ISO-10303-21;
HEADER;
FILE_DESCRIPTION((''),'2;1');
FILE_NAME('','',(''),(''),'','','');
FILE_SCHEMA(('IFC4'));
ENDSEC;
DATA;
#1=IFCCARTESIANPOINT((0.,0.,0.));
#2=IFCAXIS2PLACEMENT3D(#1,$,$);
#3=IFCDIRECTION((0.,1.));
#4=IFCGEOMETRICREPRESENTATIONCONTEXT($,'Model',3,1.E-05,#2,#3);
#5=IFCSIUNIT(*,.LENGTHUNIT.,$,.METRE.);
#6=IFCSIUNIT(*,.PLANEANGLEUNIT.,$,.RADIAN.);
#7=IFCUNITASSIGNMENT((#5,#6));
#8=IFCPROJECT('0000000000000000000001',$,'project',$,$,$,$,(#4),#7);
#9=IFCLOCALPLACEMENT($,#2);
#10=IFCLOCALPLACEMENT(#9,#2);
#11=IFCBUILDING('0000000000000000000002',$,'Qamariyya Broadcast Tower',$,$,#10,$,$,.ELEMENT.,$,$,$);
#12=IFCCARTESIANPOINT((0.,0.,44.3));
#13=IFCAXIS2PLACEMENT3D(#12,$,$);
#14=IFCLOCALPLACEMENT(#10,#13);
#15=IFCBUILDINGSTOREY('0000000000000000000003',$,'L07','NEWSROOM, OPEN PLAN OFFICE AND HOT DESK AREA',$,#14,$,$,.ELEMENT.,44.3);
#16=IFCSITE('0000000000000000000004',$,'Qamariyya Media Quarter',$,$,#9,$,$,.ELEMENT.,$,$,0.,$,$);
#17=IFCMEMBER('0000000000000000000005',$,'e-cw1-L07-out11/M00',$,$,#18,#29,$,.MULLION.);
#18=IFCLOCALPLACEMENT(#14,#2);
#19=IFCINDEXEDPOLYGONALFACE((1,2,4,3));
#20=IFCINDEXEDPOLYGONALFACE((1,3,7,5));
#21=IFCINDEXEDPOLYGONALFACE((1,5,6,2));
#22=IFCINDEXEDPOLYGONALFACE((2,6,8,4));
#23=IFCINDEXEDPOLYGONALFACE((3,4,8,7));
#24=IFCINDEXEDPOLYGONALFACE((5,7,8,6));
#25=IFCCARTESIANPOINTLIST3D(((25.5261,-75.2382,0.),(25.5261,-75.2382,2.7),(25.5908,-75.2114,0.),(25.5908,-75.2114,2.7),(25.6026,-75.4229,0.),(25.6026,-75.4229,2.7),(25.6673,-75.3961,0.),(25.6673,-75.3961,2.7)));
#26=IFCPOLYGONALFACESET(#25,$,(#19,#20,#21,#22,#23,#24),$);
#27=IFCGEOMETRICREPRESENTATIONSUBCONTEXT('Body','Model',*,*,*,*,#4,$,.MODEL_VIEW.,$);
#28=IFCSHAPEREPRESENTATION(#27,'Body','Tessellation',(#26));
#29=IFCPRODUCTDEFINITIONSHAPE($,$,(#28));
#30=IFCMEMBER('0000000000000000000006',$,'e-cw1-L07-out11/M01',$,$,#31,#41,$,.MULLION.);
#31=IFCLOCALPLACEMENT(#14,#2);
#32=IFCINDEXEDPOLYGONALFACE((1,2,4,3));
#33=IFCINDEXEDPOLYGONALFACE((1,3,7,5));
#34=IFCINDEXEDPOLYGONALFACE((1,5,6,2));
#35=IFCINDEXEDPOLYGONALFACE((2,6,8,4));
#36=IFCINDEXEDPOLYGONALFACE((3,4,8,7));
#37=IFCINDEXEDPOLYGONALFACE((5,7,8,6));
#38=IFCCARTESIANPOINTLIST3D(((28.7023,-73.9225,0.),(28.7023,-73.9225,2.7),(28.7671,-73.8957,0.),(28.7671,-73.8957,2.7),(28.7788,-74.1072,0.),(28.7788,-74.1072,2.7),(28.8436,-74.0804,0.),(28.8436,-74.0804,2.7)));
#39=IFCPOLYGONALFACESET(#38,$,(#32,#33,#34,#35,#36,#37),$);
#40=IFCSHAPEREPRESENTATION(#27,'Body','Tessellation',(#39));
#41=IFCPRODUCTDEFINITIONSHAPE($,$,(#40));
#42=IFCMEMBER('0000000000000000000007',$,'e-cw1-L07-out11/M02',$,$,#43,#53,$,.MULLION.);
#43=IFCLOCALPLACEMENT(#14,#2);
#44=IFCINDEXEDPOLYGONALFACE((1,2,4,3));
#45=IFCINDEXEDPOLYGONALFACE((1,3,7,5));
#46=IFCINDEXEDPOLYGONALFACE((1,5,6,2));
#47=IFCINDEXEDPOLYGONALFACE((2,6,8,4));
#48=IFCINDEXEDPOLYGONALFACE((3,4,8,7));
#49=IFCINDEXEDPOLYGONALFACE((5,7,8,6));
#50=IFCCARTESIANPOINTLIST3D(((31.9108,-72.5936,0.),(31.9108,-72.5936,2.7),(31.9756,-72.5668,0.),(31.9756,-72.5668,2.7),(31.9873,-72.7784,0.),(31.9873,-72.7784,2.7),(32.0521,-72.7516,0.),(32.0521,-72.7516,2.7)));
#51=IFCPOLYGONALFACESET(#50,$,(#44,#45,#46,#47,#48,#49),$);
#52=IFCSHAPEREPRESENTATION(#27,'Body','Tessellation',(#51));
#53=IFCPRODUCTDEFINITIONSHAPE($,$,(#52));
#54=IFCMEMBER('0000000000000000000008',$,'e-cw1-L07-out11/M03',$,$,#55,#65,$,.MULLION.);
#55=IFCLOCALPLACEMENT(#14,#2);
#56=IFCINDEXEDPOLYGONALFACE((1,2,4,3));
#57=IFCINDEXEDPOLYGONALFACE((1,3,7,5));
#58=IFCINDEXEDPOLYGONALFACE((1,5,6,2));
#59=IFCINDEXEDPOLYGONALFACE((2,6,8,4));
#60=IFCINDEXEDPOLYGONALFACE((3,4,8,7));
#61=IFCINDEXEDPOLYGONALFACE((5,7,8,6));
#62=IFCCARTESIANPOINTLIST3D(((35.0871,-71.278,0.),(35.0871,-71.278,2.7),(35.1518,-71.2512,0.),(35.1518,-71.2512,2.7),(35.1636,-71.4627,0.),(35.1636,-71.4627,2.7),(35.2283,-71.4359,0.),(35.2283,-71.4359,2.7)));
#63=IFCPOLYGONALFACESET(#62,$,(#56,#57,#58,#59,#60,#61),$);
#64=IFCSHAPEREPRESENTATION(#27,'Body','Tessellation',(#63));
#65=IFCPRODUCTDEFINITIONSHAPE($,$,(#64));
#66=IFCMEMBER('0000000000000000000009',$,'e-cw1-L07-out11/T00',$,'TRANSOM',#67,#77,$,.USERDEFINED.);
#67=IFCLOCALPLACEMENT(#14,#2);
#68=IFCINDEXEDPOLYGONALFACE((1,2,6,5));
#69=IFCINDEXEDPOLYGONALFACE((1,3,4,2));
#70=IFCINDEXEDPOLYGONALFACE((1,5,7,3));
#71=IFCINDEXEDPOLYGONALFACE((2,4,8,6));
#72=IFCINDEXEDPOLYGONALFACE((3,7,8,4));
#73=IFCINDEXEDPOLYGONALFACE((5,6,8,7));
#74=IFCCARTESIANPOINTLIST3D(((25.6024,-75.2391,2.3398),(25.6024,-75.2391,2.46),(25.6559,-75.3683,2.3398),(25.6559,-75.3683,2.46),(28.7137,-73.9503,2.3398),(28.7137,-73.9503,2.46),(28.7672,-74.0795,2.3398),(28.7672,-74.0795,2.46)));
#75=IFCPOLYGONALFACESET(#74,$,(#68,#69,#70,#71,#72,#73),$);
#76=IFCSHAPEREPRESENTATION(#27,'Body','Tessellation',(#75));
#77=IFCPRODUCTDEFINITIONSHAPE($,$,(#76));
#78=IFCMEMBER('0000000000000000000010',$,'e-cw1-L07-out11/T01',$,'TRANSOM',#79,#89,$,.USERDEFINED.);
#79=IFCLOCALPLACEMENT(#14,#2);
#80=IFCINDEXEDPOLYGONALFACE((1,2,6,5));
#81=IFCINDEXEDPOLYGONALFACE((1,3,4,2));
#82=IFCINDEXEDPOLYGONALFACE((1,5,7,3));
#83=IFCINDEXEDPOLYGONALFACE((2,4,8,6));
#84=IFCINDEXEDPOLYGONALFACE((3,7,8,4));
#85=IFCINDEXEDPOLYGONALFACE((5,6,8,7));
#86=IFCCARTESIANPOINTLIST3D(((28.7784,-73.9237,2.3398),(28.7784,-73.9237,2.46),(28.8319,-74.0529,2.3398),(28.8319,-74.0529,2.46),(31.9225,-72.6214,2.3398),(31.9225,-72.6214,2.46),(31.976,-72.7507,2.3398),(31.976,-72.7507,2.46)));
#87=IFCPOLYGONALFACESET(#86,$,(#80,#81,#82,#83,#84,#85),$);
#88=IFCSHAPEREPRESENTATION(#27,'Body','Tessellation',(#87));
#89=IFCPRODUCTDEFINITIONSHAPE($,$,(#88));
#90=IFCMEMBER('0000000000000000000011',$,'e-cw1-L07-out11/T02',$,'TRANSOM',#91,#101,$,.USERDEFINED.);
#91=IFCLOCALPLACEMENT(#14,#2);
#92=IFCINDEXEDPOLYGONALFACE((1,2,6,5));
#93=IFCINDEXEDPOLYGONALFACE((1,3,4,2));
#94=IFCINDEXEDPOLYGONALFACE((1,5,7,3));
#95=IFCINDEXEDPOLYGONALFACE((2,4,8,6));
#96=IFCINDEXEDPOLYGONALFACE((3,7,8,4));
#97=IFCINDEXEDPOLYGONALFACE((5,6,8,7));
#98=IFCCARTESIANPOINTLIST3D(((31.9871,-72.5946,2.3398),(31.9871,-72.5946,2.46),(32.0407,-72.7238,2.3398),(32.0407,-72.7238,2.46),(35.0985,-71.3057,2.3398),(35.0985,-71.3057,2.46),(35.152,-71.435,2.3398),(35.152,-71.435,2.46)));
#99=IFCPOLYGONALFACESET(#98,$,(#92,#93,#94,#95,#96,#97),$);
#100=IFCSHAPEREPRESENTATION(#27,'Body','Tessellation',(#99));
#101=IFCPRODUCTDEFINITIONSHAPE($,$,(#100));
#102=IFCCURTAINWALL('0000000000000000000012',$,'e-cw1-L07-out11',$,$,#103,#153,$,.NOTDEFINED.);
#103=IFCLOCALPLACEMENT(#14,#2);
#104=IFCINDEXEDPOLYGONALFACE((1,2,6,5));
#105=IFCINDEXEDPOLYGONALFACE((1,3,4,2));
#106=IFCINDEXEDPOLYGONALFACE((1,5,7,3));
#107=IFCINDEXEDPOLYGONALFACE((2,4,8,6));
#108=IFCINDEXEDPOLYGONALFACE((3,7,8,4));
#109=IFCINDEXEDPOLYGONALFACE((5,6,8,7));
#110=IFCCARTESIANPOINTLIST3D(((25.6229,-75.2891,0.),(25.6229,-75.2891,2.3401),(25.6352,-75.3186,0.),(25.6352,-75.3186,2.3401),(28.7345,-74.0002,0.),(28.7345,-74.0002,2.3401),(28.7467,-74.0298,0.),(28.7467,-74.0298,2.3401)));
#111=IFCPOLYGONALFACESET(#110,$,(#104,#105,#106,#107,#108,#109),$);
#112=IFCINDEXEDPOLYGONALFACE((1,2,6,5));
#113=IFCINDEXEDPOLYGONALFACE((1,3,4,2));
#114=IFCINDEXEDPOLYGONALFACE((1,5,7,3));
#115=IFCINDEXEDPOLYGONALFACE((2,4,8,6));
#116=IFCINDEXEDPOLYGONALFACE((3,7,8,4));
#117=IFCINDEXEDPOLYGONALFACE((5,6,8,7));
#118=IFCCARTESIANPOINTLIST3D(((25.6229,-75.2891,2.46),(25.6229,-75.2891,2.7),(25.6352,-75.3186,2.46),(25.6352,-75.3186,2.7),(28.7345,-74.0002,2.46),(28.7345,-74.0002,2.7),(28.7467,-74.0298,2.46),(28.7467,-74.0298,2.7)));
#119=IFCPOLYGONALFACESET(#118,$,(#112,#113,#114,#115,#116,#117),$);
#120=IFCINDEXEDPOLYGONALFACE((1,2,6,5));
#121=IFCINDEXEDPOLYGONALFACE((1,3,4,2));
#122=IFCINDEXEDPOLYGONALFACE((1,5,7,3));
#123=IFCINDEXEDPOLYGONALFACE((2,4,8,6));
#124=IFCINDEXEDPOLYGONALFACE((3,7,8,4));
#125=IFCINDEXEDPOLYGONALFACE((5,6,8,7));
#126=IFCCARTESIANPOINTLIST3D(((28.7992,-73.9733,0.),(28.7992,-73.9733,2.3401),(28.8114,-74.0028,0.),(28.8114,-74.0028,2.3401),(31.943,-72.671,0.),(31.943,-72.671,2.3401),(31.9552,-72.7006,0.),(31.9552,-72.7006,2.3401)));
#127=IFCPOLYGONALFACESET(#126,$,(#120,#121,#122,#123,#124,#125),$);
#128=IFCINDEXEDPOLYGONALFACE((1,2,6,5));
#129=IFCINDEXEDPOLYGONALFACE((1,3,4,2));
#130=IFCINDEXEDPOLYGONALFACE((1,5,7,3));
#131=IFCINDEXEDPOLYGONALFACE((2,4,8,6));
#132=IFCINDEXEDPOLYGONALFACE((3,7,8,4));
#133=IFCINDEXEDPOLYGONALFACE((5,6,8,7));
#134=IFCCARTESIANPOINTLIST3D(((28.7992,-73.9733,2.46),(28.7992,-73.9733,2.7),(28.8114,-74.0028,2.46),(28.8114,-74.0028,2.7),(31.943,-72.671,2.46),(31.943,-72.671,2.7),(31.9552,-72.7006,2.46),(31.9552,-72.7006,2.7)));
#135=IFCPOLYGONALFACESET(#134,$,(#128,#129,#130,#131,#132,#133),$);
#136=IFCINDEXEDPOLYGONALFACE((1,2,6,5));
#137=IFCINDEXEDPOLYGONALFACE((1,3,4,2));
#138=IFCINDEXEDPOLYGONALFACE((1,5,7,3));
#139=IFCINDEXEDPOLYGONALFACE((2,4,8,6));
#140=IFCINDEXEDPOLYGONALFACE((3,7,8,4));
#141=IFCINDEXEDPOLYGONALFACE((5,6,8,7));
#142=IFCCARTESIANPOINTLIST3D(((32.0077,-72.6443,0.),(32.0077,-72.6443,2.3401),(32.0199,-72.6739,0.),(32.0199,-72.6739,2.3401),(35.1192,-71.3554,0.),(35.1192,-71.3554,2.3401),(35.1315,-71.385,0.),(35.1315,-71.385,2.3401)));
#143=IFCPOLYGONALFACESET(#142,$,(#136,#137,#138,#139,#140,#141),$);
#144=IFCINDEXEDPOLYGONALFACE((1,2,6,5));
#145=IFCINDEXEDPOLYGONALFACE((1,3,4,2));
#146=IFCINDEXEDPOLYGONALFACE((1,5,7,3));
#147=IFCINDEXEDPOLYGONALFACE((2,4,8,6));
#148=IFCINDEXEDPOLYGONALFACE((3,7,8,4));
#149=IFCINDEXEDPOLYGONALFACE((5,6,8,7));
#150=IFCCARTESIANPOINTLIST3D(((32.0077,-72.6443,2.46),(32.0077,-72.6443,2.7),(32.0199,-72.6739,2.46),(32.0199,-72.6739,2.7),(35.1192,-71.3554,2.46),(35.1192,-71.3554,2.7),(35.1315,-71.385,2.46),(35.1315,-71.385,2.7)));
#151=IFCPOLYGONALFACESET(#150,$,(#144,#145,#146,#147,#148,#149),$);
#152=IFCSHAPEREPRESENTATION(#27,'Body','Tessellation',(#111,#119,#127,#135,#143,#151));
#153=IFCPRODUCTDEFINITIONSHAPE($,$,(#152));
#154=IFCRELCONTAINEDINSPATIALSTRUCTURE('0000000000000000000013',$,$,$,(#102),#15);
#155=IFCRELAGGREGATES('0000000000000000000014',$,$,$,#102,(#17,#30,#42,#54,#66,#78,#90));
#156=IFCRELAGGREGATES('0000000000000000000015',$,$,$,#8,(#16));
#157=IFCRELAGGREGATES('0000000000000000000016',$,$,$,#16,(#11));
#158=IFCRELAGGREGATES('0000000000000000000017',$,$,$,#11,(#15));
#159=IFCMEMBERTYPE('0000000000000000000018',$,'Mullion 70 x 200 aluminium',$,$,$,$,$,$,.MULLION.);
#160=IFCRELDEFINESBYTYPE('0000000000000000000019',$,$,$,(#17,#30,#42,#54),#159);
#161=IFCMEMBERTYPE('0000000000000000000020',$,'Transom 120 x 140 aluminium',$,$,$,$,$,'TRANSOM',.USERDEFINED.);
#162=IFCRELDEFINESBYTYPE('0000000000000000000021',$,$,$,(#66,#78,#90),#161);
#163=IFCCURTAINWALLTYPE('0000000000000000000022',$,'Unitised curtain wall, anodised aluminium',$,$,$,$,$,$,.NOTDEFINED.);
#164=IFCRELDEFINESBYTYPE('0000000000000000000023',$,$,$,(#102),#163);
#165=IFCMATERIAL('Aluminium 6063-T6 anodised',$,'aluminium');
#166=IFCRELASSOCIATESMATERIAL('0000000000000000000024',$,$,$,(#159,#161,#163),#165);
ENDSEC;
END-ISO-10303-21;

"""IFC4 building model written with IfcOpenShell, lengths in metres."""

from ifc_helpers import new_model, si_unit, direction, frame, origin, origin_2d, place, context, subcontext, project, spatial, rectangle, extrude, material, material_profile, profile_set, type_object, element, aggregate, save


model = new_model("IFC4")

# Units and contexts
model_context = context("Model", 3, precision=1e-05, world=origin(), true_north=direction((0.0, 1.0)))
body_context = subcontext(model_context, "Body", "Model", "MODEL_VIEW")
ifc_project = project(units=[si_unit("LENGTHUNIT", "METRE"), si_unit("PLANEANGLEUNIT", "RADIAN")], contexts=[model_context])

# Members
ifc_material = material(Name="Aluminium 6063-T6 anodised", Category="aluminium")
ifc_material_profile_1 = material_profile(ifc_material, rectangle(XDim=0.2, YDim=0.0701, at=origin_2d()))
ifc_profile_set_1 = profile_set([ifc_material_profile_1], Name="Aluminium 6063-T6 anodised")
member_type_1 = type_object("IfcMemberType", Name="Mullion 70 x 200 aluminium", PredefinedType="MULLION", material=ifc_profile_set_1)
site_placement = place(None, origin())
building_placement = place(site_placement, origin())
storey_placement = place(building_placement, frame((0.0, 0.0, 44.3)))
member_1_placement = place(storey_placement, frame((25.5967, -75.3171, 0.0), z_axis=(0.0, 0.0, 1.0), x_axis=(-0.382683, 0.92388, 0.0)))
member_1 = element("IfcMember", 1, at=member_1_placement, type_object=member_type_1, Name="e-cw1-L07-out11/M00", PredefinedType="MULLION", context=body_context, shape_type="SweptSolid", body=[
    extrude(rectangle(XDim=0.2, YDim=0.0701, at=origin_2d()), origin(), (0.0, 0.0, 1.0), 2.7),
])
member_2_placement = place(storey_placement, frame((28.7729, -74.0015, 0.0), z_axis=(0.0, 0.0, 1.0), x_axis=(-0.382683, 0.92388, 0.0)))
member_2 = element("IfcMember", 2, at=member_2_placement, type_object=member_type_1, Name="e-cw1-L07-out11/M01", PredefinedType="MULLION", context=body_context, shape_type="SweptSolid", body=[
    extrude(rectangle(XDim=0.2, YDim=0.0701, at=origin_2d()), origin(), (0.0, 0.0, 1.0), 2.7),
])
member_3_placement = place(storey_placement, frame((31.9814, -72.6726, 0.0), z_axis=(0.0, 0.0, 1.0), x_axis=(-0.382683, 0.92388, 0.0)))
member_3 = element("IfcMember", 3, at=member_3_placement, type_object=member_type_1, Name="e-cw1-L07-out11/M02", PredefinedType="MULLION", context=body_context, shape_type="SweptSolid", body=[
    extrude(rectangle(XDim=0.2, YDim=0.0701, at=origin_2d()), origin(), (0.0, 0.0, 1.0), 2.7),
])
member_4_placement = place(storey_placement, frame((35.1577, -71.3569, 0.0), z_axis=(0.0, 0.0, 1.0), x_axis=(-0.382683, 0.92388, 0.0)))
member_4 = element("IfcMember", 4, at=member_4_placement, type_object=member_type_1, Name="e-cw1-L07-out11/M03", PredefinedType="MULLION", context=body_context, shape_type="SweptSolid", body=[
    extrude(rectangle(XDim=0.2, YDim=0.0701, at=origin_2d()), origin(), (0.0, 0.0, 1.0), 2.7),
])
ifc_material_profile_2 = material_profile(ifc_material, rectangle(XDim=0.1399, YDim=0.1201, at=origin_2d()))
ifc_profile_set_2 = profile_set([ifc_material_profile_2], Name="Aluminium 6063-T6 anodised")
member_type_2 = type_object("IfcMemberType", Name="Transom 120 x 140 aluminium", ElementType="TRANSOM", PredefinedType="USERDEFINED", material=ifc_profile_set_2)
member_5_placement = place(storey_placement, frame((25.6292, -75.3037, 2.3999), z_axis=(0.923873, 0.3827, 0.0), x_axis=(-0.3827, 0.923873, 0.0)))
member_5 = element("IfcMember", 5, at=member_5_placement, type_object=member_type_2, Name="e-cw1-L07-out11/T00", ObjectType="TRANSOM", PredefinedType="USERDEFINED", context=body_context, shape_type="SweptSolid", body=[
    extrude(rectangle(XDim=0.1399, YDim=0.1201, at=origin_2d()), origin(), (0.0, 0.0, 1.0), 3.3677),
])
member_6_placement = place(storey_placement, frame((28.8052, -73.9883, 2.3999), z_axis=(0.923886, 0.382669, 0.0), x_axis=(-0.382669, 0.923886, 0.0)))
member_6 = element("IfcMember", 6, at=member_6_placement, type_object=member_type_2, Name="e-cw1-L07-out11/T01", ObjectType="TRANSOM", PredefinedType="USERDEFINED", context=body_context, shape_type="SweptSolid", body=[
    extrude(rectangle(XDim=0.1399, YDim=0.1201, at=origin_2d()), origin(), (0.0, 0.0, 1.0), 3.4031),
])
member_7_placement = place(storey_placement, frame((32.0139, -72.6592, 2.3999), z_axis=(0.923873, 0.3827, 0.0), x_axis=(-0.3827, 0.923873, 0.0)))
member_7 = element("IfcMember", 7, at=member_7_placement, type_object=member_type_2, Name="e-cw1-L07-out11/T02", ObjectType="TRANSOM", PredefinedType="USERDEFINED", context=body_context, shape_type="SweptSolid", body=[
    extrude(rectangle(XDim=0.1399, YDim=0.1201, at=origin_2d()), origin(), (0.0, 0.0, 1.0), 3.3677),
])

# Site, building, storey
site = spatial("IfcSite", under=ifc_project, at=site_placement, Name="Qamariyya Media Quarter", CompositionType="ELEMENT", RefElevation=0.0)
building = spatial("IfcBuilding", under=site, at=building_placement, Name="Qamariyya Broadcast Tower", CompositionType="ELEMENT")
storey = spatial("IfcBuildingStorey", under=building, at=storey_placement, Name="L07", Description="NEWSROOM, OPEN PLAN OFFICE AND HOT DESK AREA", CompositionType="ELEMENT", Elevation=44.3)

# Curtain wall
curtain_wall_type = type_object("IfcCurtainWallType", Name="Unitised curtain wall, anodised aluminium", PredefinedType="NOTDEFINED", material=ifc_material)
curtain_wall_1_placement = place(storey_placement, origin())
curtain_wall_1 = element("IfcCurtainWall", 8, at=curtain_wall_1_placement, inside=storey, type_object=curtain_wall_type, Name="e-cw1-L07-out11", PredefinedType="NOTDEFINED", context=body_context, shape_type="SweptSolid", body=[
    extrude(rectangle(XDim=3.3679, YDim=0.032, at=origin_2d()), frame((27.1848, -74.6594, 0.0), x_axis=(0.923878, 0.382688, 0.0)), (0.0, 0.0, 1.0), 2.3401),
    extrude(rectangle(XDim=3.3679, YDim=0.032, at=origin_2d()), frame((27.1848, -74.6594, 2.46), x_axis=(0.923878, 0.382688, 0.0)), (0.0, 0.0, 1.0), 0.24),
    extrude(rectangle(XDim=3.4028, YDim=0.032, at=origin_2d()), frame((30.3772, -73.3369, 0.0), x_axis=(0.923878, 0.382688, 0.0)), (0.0, 0.0, 1.0), 2.3401),
    extrude(rectangle(XDim=3.4028, YDim=0.032, at=origin_2d()), frame((30.3772, -73.3369, 2.46), x_axis=(0.923878, 0.382688, 0.0)), (0.0, 0.0, 1.0), 0.24),
    extrude(rectangle(XDim=3.3679, YDim=0.032, at=origin_2d()), frame((33.5696, -72.0146, 0.0), x_axis=(0.923878, 0.382688, 0.0)), (0.0, 0.0, 1.0), 2.3401),
    extrude(rectangle(XDim=3.3679, YDim=0.032, at=origin_2d()), frame((33.5696, -72.0146, 2.46), x_axis=(0.923878, 0.382688, 0.0)), (0.0, 0.0, 1.0), 0.24),
])
aggregate(curtain_wall_1, [member_1, member_2, member_3, member_4, member_5, member_6, member_7])

save(model, "model.ifc")
